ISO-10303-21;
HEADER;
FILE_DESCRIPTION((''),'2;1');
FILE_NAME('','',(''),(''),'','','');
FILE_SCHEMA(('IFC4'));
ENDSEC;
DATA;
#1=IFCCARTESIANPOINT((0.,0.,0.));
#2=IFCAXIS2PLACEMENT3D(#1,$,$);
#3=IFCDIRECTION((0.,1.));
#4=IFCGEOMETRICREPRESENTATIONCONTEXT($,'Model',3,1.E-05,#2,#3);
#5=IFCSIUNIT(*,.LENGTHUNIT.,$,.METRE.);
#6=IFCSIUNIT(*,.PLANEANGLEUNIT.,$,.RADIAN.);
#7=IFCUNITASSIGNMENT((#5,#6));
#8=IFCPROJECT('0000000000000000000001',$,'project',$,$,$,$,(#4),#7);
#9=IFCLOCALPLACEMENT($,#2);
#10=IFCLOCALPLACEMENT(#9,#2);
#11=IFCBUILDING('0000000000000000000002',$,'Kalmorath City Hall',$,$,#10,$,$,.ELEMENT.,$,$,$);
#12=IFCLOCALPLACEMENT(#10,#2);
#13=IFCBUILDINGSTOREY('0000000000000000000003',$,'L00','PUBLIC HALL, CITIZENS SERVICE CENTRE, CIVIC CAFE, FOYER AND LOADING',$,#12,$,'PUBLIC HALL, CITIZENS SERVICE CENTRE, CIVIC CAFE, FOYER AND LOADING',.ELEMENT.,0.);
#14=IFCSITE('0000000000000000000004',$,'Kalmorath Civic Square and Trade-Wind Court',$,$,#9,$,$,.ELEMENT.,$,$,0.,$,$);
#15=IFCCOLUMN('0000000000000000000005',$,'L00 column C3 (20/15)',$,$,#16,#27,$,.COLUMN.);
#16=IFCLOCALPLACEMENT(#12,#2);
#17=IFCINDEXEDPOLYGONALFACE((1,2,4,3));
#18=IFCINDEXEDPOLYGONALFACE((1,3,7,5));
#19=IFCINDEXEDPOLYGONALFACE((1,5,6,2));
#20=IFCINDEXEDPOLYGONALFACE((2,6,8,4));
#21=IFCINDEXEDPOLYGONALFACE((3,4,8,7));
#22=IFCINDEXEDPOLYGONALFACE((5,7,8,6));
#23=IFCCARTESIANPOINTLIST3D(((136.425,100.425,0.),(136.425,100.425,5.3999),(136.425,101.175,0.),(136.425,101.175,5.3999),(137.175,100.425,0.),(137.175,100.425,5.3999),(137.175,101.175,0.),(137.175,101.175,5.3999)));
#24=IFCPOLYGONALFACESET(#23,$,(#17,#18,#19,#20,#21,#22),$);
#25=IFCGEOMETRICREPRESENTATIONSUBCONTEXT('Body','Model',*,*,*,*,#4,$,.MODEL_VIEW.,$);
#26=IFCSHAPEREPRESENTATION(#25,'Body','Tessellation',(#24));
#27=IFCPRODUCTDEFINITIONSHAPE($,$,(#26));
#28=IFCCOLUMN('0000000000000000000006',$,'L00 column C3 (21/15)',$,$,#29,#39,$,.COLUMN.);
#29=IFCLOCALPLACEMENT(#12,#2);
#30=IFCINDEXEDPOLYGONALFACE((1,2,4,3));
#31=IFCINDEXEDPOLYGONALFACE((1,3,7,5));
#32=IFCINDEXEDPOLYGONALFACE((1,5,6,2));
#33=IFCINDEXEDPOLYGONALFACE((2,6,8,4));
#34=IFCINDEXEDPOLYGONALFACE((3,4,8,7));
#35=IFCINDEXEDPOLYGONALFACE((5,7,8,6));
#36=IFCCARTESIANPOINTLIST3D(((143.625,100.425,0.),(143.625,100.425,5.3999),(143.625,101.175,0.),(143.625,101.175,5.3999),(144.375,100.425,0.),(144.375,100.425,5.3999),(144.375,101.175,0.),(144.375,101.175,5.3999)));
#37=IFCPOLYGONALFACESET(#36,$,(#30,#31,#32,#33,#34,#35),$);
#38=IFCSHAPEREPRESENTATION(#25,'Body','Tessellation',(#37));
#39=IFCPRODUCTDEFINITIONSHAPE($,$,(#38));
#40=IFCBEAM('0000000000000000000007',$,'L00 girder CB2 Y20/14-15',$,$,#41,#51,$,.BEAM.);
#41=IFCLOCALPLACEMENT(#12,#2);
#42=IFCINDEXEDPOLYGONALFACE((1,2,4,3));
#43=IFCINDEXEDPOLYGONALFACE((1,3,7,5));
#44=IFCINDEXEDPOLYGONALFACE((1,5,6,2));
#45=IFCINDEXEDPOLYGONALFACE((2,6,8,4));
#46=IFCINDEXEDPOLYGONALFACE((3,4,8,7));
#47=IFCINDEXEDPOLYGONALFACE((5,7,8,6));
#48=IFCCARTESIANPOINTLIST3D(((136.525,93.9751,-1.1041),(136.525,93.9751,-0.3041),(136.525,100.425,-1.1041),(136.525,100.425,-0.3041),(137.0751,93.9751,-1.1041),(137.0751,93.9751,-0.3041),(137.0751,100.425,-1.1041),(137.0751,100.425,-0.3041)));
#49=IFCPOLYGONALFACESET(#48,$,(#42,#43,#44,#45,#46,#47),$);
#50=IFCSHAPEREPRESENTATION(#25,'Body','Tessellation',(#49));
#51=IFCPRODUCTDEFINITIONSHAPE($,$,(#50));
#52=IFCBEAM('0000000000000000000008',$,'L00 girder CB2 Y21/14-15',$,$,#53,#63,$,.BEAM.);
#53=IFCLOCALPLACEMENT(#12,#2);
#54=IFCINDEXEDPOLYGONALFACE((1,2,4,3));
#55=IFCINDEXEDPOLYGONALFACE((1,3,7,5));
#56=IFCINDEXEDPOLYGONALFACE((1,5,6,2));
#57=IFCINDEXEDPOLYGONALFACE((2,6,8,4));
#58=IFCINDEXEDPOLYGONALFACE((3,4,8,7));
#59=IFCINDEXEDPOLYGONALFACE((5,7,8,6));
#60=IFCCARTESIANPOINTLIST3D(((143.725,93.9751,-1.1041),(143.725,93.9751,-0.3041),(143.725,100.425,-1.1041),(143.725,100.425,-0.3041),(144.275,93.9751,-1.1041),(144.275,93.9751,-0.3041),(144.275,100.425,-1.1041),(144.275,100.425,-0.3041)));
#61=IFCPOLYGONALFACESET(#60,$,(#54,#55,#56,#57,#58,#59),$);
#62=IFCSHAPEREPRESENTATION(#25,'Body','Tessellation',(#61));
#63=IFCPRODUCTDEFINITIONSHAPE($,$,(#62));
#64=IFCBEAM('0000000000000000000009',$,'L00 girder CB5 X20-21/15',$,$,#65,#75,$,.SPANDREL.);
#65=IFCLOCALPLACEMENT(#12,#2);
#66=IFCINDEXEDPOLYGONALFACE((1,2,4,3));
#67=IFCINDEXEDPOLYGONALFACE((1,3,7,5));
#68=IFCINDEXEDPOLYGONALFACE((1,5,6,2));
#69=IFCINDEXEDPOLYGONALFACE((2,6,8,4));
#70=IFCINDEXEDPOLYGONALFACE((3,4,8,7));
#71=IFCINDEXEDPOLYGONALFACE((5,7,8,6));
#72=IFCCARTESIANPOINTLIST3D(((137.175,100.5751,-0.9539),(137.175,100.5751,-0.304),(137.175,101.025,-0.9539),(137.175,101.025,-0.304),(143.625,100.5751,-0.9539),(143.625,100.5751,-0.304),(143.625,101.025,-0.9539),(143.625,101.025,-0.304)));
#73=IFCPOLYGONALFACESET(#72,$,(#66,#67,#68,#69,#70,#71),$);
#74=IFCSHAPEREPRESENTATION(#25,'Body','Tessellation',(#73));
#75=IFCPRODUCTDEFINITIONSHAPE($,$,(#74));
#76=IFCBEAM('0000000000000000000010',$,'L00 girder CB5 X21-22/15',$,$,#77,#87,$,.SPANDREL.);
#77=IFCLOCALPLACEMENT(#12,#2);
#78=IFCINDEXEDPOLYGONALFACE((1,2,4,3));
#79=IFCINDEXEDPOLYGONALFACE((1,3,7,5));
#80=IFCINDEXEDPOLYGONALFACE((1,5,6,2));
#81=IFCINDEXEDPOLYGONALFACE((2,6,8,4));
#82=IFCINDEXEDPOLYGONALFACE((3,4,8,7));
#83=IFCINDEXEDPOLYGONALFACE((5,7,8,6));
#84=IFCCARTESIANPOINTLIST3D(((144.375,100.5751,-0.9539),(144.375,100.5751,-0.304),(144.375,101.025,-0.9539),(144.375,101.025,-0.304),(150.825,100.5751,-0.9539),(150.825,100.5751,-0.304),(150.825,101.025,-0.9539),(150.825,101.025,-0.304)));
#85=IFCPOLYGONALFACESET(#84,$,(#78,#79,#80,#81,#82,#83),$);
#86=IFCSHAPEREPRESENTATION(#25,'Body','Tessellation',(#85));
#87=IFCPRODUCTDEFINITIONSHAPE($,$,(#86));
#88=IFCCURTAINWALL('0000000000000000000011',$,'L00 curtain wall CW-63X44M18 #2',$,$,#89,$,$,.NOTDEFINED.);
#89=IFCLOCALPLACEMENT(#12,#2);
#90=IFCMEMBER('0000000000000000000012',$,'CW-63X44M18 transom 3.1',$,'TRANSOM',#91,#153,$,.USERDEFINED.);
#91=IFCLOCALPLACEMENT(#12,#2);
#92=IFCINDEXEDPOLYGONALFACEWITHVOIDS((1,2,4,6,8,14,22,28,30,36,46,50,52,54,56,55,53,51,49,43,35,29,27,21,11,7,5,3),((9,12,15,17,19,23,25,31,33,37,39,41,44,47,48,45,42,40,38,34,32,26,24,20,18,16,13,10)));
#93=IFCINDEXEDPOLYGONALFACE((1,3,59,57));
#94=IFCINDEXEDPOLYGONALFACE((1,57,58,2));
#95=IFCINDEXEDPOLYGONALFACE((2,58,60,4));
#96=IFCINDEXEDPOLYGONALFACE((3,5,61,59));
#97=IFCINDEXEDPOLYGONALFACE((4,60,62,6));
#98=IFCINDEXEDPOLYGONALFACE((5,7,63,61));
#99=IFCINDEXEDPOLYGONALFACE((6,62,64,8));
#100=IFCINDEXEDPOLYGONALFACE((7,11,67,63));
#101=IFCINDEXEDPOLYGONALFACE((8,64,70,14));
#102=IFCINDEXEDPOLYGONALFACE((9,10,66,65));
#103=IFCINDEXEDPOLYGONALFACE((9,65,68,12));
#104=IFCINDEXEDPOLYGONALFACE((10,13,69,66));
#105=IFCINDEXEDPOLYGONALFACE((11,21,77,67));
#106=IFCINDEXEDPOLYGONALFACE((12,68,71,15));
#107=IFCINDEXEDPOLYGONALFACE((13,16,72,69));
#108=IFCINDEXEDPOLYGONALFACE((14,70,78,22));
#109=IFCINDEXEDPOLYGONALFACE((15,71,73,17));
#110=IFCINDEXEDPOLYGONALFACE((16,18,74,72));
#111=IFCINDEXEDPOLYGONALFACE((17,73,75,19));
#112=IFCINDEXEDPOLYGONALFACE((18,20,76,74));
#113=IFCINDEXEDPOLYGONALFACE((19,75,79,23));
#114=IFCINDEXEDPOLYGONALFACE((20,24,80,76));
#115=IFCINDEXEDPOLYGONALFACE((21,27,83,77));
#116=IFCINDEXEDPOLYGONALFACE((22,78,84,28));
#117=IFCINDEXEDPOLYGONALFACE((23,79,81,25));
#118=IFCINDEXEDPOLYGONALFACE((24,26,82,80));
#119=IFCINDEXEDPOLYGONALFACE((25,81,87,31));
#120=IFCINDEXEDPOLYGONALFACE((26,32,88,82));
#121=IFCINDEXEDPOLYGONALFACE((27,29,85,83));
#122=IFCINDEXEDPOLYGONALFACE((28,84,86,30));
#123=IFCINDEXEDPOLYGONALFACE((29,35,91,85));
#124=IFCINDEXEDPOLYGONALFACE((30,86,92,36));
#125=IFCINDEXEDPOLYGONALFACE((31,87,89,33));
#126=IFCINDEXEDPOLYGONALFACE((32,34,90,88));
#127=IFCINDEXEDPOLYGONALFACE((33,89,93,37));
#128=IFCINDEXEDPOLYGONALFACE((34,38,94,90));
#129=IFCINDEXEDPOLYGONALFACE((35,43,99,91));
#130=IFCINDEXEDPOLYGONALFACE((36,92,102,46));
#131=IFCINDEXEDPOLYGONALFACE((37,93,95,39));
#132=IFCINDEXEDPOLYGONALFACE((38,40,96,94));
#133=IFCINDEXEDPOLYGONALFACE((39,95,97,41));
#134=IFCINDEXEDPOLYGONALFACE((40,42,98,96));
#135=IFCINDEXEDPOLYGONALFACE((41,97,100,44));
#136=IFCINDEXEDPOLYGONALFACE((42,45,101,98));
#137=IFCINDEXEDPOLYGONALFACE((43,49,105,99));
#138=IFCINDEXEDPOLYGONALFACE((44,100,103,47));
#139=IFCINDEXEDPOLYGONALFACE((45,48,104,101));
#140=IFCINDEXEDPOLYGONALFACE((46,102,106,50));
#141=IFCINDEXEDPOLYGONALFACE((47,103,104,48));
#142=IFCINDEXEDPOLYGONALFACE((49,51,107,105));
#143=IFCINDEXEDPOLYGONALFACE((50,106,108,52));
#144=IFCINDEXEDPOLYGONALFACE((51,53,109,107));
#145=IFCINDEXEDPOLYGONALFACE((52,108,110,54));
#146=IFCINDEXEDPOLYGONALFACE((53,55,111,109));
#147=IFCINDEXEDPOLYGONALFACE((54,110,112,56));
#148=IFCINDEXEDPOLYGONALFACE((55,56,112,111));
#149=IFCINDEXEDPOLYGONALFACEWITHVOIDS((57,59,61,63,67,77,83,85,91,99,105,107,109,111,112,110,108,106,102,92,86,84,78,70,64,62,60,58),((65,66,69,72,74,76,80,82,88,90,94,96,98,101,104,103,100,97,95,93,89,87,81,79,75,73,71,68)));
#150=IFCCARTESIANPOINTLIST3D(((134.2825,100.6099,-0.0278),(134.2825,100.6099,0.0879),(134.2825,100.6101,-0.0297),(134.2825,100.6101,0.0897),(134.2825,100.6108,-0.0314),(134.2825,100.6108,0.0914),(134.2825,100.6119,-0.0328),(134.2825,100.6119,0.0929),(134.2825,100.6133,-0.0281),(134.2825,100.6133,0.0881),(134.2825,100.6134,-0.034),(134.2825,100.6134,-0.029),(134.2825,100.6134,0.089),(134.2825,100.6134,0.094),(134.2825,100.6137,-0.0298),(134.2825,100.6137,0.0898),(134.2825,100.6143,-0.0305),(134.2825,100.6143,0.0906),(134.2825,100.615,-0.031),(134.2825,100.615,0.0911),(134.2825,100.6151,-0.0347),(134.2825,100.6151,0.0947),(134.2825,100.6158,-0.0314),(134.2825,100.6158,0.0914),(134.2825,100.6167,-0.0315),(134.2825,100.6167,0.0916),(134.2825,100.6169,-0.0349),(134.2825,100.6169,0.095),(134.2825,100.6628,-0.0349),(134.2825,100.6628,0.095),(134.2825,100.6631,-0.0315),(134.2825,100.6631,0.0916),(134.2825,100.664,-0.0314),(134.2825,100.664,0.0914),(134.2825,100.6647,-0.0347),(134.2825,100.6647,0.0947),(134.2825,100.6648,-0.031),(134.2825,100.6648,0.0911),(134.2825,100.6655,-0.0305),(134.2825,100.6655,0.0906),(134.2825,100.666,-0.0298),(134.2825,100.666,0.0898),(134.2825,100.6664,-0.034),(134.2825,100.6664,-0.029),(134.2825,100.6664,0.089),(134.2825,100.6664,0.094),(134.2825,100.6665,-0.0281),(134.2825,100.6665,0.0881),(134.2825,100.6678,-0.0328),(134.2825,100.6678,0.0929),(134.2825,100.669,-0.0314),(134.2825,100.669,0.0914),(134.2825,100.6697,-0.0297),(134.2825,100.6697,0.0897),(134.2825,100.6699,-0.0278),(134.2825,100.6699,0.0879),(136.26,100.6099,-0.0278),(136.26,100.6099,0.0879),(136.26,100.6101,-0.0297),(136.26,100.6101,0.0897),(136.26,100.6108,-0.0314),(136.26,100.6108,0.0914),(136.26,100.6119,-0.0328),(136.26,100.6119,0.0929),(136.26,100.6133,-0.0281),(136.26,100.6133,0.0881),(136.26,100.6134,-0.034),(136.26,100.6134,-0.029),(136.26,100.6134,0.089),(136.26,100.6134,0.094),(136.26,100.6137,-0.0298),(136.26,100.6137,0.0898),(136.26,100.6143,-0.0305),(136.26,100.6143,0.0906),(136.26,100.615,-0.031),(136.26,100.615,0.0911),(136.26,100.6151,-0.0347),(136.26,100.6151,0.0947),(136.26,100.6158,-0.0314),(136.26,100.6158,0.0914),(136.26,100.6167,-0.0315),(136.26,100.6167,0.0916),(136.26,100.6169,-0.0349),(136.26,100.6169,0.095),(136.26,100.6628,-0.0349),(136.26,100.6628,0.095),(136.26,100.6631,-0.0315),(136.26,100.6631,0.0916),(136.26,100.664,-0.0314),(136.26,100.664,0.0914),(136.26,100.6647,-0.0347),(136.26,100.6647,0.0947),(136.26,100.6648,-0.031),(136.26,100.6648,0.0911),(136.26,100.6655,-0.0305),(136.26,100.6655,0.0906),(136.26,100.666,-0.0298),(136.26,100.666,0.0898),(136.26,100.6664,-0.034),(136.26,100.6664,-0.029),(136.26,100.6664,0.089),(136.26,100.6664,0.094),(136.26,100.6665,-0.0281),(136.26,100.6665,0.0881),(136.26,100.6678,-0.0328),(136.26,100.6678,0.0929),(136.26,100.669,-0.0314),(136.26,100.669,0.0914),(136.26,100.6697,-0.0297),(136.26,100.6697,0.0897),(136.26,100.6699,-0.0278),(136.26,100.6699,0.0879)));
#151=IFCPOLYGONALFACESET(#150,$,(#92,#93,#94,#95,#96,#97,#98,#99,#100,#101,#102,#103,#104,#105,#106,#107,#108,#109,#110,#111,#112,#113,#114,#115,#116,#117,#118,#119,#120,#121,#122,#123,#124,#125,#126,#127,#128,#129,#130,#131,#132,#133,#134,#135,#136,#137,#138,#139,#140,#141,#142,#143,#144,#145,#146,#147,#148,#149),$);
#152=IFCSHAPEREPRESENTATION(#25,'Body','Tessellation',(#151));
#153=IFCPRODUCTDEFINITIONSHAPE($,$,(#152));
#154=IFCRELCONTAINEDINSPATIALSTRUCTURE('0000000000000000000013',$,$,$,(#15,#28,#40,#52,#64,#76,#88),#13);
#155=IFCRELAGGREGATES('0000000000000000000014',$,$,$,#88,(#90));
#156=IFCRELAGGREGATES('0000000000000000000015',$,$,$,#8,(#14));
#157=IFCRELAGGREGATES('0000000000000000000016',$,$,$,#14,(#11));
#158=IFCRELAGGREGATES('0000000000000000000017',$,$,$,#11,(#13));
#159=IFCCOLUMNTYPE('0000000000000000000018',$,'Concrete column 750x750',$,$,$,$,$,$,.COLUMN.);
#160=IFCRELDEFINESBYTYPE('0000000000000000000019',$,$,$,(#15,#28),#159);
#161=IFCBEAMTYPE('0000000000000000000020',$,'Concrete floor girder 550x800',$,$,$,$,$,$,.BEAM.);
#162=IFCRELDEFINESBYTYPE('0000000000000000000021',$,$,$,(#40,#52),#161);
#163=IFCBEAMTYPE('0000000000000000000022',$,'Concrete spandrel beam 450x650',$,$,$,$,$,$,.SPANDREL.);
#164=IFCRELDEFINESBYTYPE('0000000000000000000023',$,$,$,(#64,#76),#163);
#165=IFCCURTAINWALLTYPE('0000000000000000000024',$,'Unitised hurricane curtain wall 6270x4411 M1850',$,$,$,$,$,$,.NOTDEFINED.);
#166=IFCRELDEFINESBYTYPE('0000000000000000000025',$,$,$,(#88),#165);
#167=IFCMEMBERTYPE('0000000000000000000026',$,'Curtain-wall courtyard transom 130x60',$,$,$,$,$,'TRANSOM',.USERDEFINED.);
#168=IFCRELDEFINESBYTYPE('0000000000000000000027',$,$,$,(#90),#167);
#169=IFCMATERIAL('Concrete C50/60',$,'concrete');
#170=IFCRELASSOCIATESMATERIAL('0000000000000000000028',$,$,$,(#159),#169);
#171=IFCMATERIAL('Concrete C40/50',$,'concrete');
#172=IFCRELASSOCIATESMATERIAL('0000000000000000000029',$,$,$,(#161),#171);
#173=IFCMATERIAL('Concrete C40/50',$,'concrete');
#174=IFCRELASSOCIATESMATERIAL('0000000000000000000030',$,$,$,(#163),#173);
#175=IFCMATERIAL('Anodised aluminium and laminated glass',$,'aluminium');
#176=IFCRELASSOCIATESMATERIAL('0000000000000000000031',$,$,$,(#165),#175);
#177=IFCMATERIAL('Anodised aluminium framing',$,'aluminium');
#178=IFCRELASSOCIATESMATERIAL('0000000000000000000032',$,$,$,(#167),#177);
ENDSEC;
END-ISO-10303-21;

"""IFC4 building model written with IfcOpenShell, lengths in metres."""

from ifc_helpers import new_model, si_unit, direction, frame, origin, origin_2d, place, context, subcontext, project, spatial, rectangle, hollow_rectangle, extrude, material, material_profile, profile_set, type_object, element, aggregate, save


model = new_model("IFC4")

# Units and contexts
model_context = context("Model", 3, precision=1e-05, world=origin(), true_north=direction((0.0, 1.0)))
body_context = subcontext(model_context, "Body", "Model", "MODEL_VIEW")
ifc_project = project(units=[si_unit("LENGTHUNIT", "METRE"), si_unit("PLANEANGLEUNIT", "RADIAN")], contexts=[model_context])

# Site, building, storey
site_placement = place(None, origin())
site = spatial("IfcSite", under=ifc_project, at=site_placement, Name="Kalmorath Civic Square and Trade-Wind Court", CompositionType="ELEMENT", RefElevation=0.0)
building_placement = place(site_placement, origin())
building = spatial("IfcBuilding", under=site, at=building_placement, Name="Kalmorath City Hall", CompositionType="ELEMENT")
storey_placement = place(building_placement, origin())
storey = spatial("IfcBuildingStorey", under=building, at=storey_placement, Name="L00", Description="PUBLIC HALL, CITIZENS SERVICE CENTRE, CIVIC CAFE, FOYER AND LOADING", LongName="PUBLIC HALL, CITIZENS SERVICE CENTRE, CIVIC CAFE, FOYER AND LOADING", CompositionType="ELEMENT", Elevation=0.0)

# Columns
ifc_material_1 = material(Name="Concrete C50/60", Category="concrete")
ifc_material_profile_1 = material_profile(ifc_material_1, rectangle(XDim=0.75, YDim=0.75, at=origin_2d()), Name="RC-COL-750X750")
ifc_profile_set_1 = profile_set([ifc_material_profile_1], Name="Concrete C50/60")
column_type = type_object("IfcColumnType", Name="Concrete column 750x750", PredefinedType="COLUMN", material=ifc_profile_set_1)
for number, where, z_axis, x_axis, name in (
    (1, (136.8, 100.8, 0.0), (0.0, 0.0, 1.0), (1.0, 0.0, 0.0), "L00 column C3 (20/15)"),
    (2, (144.0, 100.8, 0.0), (0.0, 0.0, 1.0), (1.0, 0.0, 0.0), "L00 column C3 (21/15)"),
):
    element("IfcColumn", number, at=place(storey_placement, frame(where, z_axis=z_axis, x_axis=x_axis)), inside=storey, type_object=column_type, Name=name, PredefinedType="COLUMN", context=body_context, shape_type="SweptSolid", body=[
        extrude(rectangle(XDim=0.75, YDim=0.75, at=origin_2d()), origin(), (0.0, 0.0, 1.0), 5.3999),
    ])

# Beams
ifc_material_2 = material(Name="Concrete C40/50", Category="concrete")
ifc_material_profile_2 = material_profile(ifc_material_2, rectangle(XDim=0.55, YDim=0.8, at=origin_2d()), Name="RC-BM-550X800")
ifc_profile_set_2 = profile_set([ifc_material_profile_2], Name="Concrete C40/50")
beam_type_1 = type_object("IfcBeamType", Name="Concrete floor girder 550x800", PredefinedType="BEAM", material=ifc_profile_set_2)
for number, where, z_axis, x_axis, name in (
    (3, (136.8, 93.9751, -0.7041), (0.0, 1.0, 0.0), (-1.0, 0.0, 0.0), "L00 girder CB2 Y20/14-15"),
    (4, (144.0, 93.9751, -0.7041), (0.0, 1.0, 0.0), (-1.0, 0.0, 0.0), "L00 girder CB2 Y21/14-15"),
):
    element("IfcBeam", number, at=place(storey_placement, frame(where, z_axis=z_axis, x_axis=x_axis)), inside=storey, type_object=beam_type_1, Name=name, PredefinedType="BEAM", context=body_context, shape_type="SweptSolid", body=[
        extrude(rectangle(XDim=0.55, YDim=0.8, at=origin_2d()), origin(), (0.0, 0.0, 1.0), 6.45),
    ])
ifc_material_3 = material(Name="Concrete C40/50", Category="concrete")
ifc_material_profile_3 = material_profile(ifc_material_3, rectangle(XDim=0.45, YDim=0.6499, at=origin_2d()), Name="RC-BM-450X650")
ifc_profile_set_3 = profile_set([ifc_material_profile_3], Name="Concrete C40/50")
beam_type_2 = type_object("IfcBeamType", Name="Concrete spandrel beam 450x650", PredefinedType="SPANDREL", material=ifc_profile_set_3)
for number, where, z_axis, x_axis, name in (
    (5, (137.175, 100.8, -0.6289), (1.0, 0.0, 0.0), (0.0, 1.0, 0.0), "L00 girder CB5 X20-21/15"),
    (6, (144.375, 100.8, -0.6289), (1.0, 0.0, 0.0), (0.0, 1.0, 0.0), "L00 girder CB5 X21-22/15"),
):
    element("IfcBeam", number, at=place(storey_placement, frame(where, z_axis=z_axis, x_axis=x_axis)), inside=storey, type_object=beam_type_2, Name=name, PredefinedType="SPANDREL", context=body_context, shape_type="SweptSolid", body=[
        extrude(rectangle(XDim=0.45, YDim=0.6499, at=origin_2d()), origin(), (0.0, 0.0, 1.0), 6.45),
    ])

# Curtain wall, member
ifc_material_4 = material(Name="Anodised aluminium and laminated glass", Category="aluminium")
curtain_wall_type = type_object("IfcCurtainWallType", Name="Unitised hurricane curtain wall 6270x4411 M1850", PredefinedType="NOTDEFINED", material=ifc_material_4)
curtain_wall_1_placement = place(storey_placement, origin())
curtain_wall_1 = element("IfcCurtainWall", 7, at=curtain_wall_1_placement, inside=storey, type_object=curtain_wall_type, Name="L00 curtain wall CW-63X44M18 #2", PredefinedType="NOTDEFINED")
ifc_material_5 = material(Name="Anodised aluminium framing", Category="aluminium")
ifc_material_profile_4 = material_profile(ifc_material_5, hollow_rectangle(XDim=0.0601, YDim=0.1299, WallThickness=0.0034, InnerFilletRadius=0.0034, OuterFilletRadius=0.0071, at=origin_2d()), Name="ALU-TRN-130X60X3.5")
ifc_profile_set_4 = profile_set([ifc_material_profile_4], Name="Anodised aluminium framing")
member_type_1 = type_object("IfcMemberType", Name="Curtain-wall courtyard transom 130x60", ElementType="TRANSOM", PredefinedType="USERDEFINED", material=ifc_profile_set_4)
member_1_placement = place(storey_placement, frame((134.2825, 100.6399, 0.03), z_axis=(1.0, 0.0, 0.0), x_axis=(0.0, 1.0, 0.0)))
member_1 = element("IfcMember", 8, at=member_1_placement, type_object=member_type_1, Name="CW-63X44M18 transom 3.1", ObjectType="TRANSOM", PredefinedType="USERDEFINED", context=body_context, shape_type="SweptSolid", body=[
    extrude(hollow_rectangle(XDim=0.0601, YDim=0.1299, WallThickness=0.0034, InnerFilletRadius=0.0034, OuterFilletRadius=0.0071, at=origin_2d()), origin(), (0.0, 0.0, 1.0), 1.9775),
])

aggregate(curtain_wall_1, [member_1])

save(model, "model.ifc")
